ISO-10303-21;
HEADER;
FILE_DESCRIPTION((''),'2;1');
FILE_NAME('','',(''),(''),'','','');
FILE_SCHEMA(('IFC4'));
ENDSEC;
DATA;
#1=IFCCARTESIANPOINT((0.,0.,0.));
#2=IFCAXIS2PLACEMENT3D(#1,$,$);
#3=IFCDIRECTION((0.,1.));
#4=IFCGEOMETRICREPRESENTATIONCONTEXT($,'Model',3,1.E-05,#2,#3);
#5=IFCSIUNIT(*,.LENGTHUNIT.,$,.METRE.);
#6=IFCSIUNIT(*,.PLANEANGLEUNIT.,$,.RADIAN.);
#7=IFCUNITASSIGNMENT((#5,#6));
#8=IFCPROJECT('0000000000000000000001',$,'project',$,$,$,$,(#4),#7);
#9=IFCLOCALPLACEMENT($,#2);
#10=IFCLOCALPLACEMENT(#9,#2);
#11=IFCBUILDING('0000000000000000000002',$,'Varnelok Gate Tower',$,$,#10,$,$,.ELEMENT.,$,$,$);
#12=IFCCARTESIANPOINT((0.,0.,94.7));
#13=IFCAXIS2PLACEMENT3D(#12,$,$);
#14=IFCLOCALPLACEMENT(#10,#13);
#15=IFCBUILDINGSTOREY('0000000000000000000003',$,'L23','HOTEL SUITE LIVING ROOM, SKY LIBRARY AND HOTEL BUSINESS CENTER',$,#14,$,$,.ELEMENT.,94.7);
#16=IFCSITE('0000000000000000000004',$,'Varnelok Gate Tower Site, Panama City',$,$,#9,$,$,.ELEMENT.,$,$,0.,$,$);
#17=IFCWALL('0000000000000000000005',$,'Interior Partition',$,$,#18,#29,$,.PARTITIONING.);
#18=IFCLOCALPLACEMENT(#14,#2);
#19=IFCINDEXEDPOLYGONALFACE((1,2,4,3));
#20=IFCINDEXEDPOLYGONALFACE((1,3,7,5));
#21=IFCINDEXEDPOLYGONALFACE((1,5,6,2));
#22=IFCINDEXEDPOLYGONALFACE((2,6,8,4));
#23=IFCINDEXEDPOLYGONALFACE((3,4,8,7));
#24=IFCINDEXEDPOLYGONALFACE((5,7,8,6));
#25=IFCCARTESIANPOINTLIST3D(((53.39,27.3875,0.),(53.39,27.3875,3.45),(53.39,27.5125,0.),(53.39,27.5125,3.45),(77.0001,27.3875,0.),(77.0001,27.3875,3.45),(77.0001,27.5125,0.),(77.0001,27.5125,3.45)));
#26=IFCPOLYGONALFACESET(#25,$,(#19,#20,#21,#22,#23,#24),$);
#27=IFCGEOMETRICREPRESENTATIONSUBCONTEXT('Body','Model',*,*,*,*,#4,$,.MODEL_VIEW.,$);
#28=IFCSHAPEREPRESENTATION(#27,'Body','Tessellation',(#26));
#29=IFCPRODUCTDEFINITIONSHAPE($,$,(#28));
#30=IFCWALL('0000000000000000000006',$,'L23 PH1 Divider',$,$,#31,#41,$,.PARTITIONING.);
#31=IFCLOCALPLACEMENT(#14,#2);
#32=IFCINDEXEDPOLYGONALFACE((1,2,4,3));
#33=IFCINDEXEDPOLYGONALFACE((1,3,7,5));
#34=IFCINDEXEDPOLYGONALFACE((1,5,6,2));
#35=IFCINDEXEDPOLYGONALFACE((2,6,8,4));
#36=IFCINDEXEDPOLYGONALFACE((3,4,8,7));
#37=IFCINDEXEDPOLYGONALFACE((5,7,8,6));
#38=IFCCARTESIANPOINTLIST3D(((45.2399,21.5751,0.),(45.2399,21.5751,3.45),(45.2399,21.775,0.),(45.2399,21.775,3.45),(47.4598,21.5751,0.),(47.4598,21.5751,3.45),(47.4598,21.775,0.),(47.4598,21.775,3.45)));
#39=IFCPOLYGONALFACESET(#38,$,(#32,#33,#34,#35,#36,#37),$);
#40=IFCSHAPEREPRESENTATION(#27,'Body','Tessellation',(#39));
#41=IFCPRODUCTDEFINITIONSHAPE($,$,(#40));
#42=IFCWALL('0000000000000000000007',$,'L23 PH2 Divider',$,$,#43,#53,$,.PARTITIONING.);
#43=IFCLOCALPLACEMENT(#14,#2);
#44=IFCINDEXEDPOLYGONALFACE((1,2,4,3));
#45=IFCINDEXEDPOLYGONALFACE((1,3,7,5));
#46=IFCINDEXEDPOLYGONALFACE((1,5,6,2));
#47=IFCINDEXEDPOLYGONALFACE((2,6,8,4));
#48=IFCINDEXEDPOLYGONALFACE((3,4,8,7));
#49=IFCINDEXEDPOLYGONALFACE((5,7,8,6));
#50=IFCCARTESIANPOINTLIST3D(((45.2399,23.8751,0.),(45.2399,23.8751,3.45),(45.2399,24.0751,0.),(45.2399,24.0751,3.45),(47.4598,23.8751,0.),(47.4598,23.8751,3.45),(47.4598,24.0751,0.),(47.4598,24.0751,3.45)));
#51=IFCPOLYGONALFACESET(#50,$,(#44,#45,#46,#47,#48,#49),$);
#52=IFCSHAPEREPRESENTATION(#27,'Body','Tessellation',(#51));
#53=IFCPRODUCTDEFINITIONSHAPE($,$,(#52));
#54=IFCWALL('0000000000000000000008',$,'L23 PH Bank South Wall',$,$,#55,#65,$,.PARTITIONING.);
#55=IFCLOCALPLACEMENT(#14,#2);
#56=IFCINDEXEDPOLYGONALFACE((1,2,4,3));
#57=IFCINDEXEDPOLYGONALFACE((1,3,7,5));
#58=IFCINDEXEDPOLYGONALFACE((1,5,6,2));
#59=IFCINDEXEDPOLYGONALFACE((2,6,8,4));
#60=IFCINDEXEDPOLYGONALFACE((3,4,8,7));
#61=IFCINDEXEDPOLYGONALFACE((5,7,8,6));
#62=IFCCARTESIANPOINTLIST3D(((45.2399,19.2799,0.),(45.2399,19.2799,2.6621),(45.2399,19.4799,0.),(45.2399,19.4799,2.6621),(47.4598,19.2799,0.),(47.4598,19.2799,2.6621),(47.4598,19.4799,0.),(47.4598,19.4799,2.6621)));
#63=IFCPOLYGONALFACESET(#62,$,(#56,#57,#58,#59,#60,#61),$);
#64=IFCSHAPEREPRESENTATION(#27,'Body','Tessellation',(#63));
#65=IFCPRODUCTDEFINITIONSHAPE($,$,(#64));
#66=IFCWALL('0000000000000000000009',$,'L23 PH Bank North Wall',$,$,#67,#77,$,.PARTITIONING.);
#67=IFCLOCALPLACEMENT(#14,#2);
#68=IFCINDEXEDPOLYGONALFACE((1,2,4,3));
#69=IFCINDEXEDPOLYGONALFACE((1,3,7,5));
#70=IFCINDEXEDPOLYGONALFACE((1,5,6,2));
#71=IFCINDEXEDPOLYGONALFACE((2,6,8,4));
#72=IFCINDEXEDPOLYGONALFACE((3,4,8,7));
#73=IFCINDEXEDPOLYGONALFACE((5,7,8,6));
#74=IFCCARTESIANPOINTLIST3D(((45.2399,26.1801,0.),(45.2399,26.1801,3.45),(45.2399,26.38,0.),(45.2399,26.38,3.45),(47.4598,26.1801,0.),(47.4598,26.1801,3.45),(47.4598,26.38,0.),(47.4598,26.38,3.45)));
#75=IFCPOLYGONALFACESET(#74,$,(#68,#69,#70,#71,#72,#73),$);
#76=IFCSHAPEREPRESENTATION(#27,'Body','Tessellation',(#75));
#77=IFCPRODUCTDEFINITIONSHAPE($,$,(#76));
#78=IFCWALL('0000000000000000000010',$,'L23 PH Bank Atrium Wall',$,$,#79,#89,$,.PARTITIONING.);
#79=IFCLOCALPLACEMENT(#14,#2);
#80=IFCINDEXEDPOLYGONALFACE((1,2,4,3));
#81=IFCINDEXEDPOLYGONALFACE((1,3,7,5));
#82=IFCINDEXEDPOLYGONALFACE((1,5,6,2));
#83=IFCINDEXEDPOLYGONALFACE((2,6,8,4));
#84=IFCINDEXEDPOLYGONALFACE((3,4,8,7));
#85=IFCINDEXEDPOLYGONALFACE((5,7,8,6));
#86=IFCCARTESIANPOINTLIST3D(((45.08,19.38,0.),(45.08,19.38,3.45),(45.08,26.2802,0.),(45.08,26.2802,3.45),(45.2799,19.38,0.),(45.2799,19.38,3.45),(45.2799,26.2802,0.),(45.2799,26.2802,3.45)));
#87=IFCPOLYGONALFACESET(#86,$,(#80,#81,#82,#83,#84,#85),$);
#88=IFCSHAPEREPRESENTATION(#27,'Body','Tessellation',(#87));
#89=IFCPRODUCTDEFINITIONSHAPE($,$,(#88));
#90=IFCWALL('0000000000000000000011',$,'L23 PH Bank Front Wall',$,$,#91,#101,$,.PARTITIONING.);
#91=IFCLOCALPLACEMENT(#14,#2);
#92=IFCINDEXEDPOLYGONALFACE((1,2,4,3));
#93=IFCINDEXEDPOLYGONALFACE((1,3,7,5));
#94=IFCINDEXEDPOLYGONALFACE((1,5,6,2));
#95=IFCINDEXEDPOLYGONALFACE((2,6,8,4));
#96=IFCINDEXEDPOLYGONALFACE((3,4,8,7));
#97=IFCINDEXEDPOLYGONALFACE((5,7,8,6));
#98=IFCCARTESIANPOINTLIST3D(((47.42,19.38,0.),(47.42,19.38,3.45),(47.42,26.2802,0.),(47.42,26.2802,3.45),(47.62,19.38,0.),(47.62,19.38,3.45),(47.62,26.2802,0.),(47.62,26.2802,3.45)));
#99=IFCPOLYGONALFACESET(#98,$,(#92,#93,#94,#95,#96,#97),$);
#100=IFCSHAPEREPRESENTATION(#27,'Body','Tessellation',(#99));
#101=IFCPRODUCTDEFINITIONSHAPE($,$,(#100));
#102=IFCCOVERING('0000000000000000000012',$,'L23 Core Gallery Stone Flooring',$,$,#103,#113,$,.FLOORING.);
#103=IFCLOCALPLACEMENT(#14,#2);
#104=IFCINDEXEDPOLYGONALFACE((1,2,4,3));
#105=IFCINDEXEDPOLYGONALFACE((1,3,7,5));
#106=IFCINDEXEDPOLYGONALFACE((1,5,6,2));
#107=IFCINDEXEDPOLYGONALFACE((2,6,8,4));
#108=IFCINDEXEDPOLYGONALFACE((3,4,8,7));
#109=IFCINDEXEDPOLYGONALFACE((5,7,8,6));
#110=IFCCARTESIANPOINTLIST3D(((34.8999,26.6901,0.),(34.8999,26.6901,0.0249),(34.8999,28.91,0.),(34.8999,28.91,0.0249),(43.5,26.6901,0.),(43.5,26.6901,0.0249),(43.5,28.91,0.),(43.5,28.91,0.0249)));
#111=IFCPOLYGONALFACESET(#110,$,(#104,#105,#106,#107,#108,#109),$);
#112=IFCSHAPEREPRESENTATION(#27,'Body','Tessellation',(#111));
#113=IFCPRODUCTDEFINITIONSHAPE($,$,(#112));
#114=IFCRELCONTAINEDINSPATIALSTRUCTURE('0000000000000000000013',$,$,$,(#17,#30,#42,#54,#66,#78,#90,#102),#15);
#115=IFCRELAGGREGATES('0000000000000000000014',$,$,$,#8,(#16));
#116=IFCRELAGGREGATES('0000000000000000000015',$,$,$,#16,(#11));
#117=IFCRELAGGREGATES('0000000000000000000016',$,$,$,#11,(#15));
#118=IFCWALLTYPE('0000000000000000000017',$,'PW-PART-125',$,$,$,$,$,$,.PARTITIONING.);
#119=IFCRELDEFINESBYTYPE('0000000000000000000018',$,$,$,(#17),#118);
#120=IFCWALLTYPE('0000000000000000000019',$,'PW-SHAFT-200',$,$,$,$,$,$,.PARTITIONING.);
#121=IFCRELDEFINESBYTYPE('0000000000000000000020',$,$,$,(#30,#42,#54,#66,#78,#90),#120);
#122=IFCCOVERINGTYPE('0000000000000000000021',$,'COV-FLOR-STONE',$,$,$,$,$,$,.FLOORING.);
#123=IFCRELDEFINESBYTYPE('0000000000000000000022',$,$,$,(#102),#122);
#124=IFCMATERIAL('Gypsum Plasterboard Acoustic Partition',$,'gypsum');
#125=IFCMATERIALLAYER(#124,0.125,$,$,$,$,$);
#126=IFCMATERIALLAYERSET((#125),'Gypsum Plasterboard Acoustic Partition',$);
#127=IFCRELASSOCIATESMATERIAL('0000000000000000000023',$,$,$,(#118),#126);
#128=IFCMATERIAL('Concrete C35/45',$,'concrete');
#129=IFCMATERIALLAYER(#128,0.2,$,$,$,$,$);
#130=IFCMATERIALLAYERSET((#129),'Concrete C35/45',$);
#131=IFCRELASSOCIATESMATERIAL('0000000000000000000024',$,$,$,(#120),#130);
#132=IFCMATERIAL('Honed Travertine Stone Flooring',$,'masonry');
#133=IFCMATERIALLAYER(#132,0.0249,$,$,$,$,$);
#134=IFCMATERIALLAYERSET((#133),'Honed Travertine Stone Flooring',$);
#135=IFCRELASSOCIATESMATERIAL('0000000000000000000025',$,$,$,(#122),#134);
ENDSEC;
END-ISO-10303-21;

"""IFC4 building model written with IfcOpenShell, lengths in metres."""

from ifc_helpers import new_model, si_unit, direction, frame, frame_2d, origin, origin_2d, place, context, subcontext, project, spatial, rectangle, extrude, source, transform, mapped, material, layer, layer_set, type_object, element, save


model = new_model("IFC4")

# Units and contexts
model_context = context("Model", 3, precision=1e-05, world=origin(), true_north=direction((0.0, 1.0)))
body_context = subcontext(model_context, "Body", "Model", "MODEL_VIEW")
ifc_project = project(units=[si_unit("LENGTHUNIT", "METRE"), si_unit("PLANEANGLEUNIT", "RADIAN")], contexts=[model_context])

# Site, building, storey
site_placement = place(None, origin())
site = spatial("IfcSite", under=ifc_project, at=site_placement, Name="Varnelok Gate Tower Site, Panama City", CompositionType="ELEMENT", RefElevation=0.0)
building_placement = place(site_placement, origin())
building = spatial("IfcBuilding", under=site, at=building_placement, Name="Varnelok Gate Tower", CompositionType="ELEMENT")
storey_placement = place(building_placement, frame((0.0, 0.0, 94.7)))
storey = spatial("IfcBuildingStorey", under=building, at=storey_placement, Name="L23", Description="HOTEL SUITE LIVING ROOM, SKY LIBRARY AND HOTEL BUSINESS CENTER", CompositionType="ELEMENT", Elevation=94.7)

# Shared definitions
ifc_material_1 = material(Name="Gypsum Plasterboard Acoustic Partition", Category="gypsum")

# Walls
ifc_layer_1 = layer(ifc_material_1, 0.125)
ifc_layer_set_1 = layer_set([ifc_layer_1], Name="Gypsum Plasterboard Acoustic Partition")
wall_type_1 = type_object("IfcWallType", Name="PW-PART-125", PredefinedType="PARTITIONING", material=ifc_layer_set_1)
wall_1_placement = place(storey_placement, frame((53.3899, 27.45, 0.0), z_axis=(0.0, 0.0, 1.0), x_axis=(1.0, 0.0, 0.0)))
element("IfcWall", 1, at=wall_1_placement, inside=storey, type_object=wall_type_1, Name="Interior Partition", PredefinedType="PARTITIONING", context=body_context, shape_type="SweptSolid", body=[
    extrude(rectangle(XDim=23.6101, YDim=0.125, at=frame_2d((11.8052, 0.0))), origin(), (0.0, 0.0, 1.0), 3.45),
])
ifc_material_2 = material(Name="Concrete C35/45", Category="concrete")
ifc_layer_2 = layer(ifc_material_2, 0.2)
ifc_layer_set_2 = layer_set([ifc_layer_2], Name="Concrete C35/45")
wall_type_2 = type_object("IfcWallType", Name="PW-SHAFT-200", PredefinedType="PARTITIONING", material=ifc_layer_set_2)
for number, where, z_axis, x_axis, name in (
    (2, (45.24, 21.675, 0.0), (0.0, 0.0, 1.0), (1.0, 0.0, 0.0), "L23 PH1 Divider"),
    (3, (45.24, 23.9751, 0.0), (0.0, 0.0, 1.0), (1.0, 0.0, 0.0), "L23 PH2 Divider"),
):
    element("IfcWall", number, at=place(storey_placement, frame(where, z_axis=z_axis, x_axis=x_axis)), inside=storey, type_object=wall_type_2, Name=name, PredefinedType="PARTITIONING", context=body_context, shape_type="SweptSolid", body=[
        extrude(rectangle(XDim=2.22, YDim=0.2, at=frame_2d((1.1099, 0.0))), origin(), (0.0, 0.0, 1.0), 3.45),
    ])
wall_2_placement = place(storey_placement, frame((45.24, 19.3799, 0.0), z_axis=(0.0, 0.0, 1.0), x_axis=(1.0, 0.0, 0.0)))
element("IfcWall", 4, at=wall_2_placement, inside=storey, type_object=wall_type_2, Name="L23 PH Bank South Wall", PredefinedType="PARTITIONING", context=body_context, shape_type="SweptSolid", body=[
    extrude(rectangle(XDim=2.22, YDim=0.2, at=frame_2d((1.1099, 0.0))), origin(), (0.0, 0.0, 1.0), 2.6621),
])
wall_3_placement = place(storey_placement, frame((45.24, 26.28, 0.0), z_axis=(0.0, 0.0, 1.0), x_axis=(1.0, 0.0, 0.0)))
element("IfcWall", 5, at=wall_3_placement, inside=storey, type_object=wall_type_2, Name="L23 PH Bank North Wall", PredefinedType="PARTITIONING", context=body_context, shape_type="SweptSolid", body=[
    extrude(rectangle(XDim=2.22, YDim=0.2, at=frame_2d((1.1099, 0.0))), origin(), (0.0, 0.0, 1.0), 3.45),
])
for number, where, z_axis, x_axis, name in (
    (6, (45.1799, 19.3799, 0.0), (0.0, 0.0, 1.0), (0.0, 1.0, 0.0), "L23 PH Bank Atrium Wall"),
    (7, (47.52, 19.3799, 0.0), (0.0, 0.0, 1.0), (0.0, 1.0, 0.0), "L23 PH Bank Front Wall"),
):
    element("IfcWall", number, at=place(storey_placement, frame(where, z_axis=z_axis, x_axis=x_axis)), inside=storey, type_object=wall_type_2, Name=name, PredefinedType="PARTITIONING", context=body_context, shape_type="SweptSolid", body=[
        extrude(rectangle(XDim=6.9001, YDim=0.2, at=frame_2d((3.4502, 0.0))), origin(), (0.0, 0.0, 1.0), 3.45),
    ])

# Covering
ifc_material_3 = material(Name="Honed Travertine Stone Flooring", Category="masonry")
ifc_layer_3 = layer(ifc_material_3, 0.0249)
ifc_layer_set_3 = layer_set([ifc_layer_3], Name="Honed Travertine Stone Flooring")
covering_type = type_object("IfcCoveringType", Name="COV-FLOR-STONE", PredefinedType="FLOORING", material=ifc_layer_set_3)
shared_shape = source(origin(), body_context, "Body", "SweptSolid", [
    extrude(rectangle(XDim=8.6001, YDim=2.22, at=origin_2d()), origin(), (0.0, 0.0, 1.0), 0.0249),
])
covering_placement = place(storey_placement, frame((39.2, 27.8, 0.0), z_axis=(0.0, 0.0, 1.0), x_axis=(1.0, 0.0, 0.0)))
element("IfcCovering", 8, at=covering_placement, inside=storey, type_object=covering_type, Name="L23 Core Gallery Stone Flooring", PredefinedType="FLOORING", context=body_context, shape_type="MappedRepresentation", body=[
    mapped(shared_shape, transform((0.0, 0.0, 0.0), scale=1.0)),
])

save(model, "model.ifc")
